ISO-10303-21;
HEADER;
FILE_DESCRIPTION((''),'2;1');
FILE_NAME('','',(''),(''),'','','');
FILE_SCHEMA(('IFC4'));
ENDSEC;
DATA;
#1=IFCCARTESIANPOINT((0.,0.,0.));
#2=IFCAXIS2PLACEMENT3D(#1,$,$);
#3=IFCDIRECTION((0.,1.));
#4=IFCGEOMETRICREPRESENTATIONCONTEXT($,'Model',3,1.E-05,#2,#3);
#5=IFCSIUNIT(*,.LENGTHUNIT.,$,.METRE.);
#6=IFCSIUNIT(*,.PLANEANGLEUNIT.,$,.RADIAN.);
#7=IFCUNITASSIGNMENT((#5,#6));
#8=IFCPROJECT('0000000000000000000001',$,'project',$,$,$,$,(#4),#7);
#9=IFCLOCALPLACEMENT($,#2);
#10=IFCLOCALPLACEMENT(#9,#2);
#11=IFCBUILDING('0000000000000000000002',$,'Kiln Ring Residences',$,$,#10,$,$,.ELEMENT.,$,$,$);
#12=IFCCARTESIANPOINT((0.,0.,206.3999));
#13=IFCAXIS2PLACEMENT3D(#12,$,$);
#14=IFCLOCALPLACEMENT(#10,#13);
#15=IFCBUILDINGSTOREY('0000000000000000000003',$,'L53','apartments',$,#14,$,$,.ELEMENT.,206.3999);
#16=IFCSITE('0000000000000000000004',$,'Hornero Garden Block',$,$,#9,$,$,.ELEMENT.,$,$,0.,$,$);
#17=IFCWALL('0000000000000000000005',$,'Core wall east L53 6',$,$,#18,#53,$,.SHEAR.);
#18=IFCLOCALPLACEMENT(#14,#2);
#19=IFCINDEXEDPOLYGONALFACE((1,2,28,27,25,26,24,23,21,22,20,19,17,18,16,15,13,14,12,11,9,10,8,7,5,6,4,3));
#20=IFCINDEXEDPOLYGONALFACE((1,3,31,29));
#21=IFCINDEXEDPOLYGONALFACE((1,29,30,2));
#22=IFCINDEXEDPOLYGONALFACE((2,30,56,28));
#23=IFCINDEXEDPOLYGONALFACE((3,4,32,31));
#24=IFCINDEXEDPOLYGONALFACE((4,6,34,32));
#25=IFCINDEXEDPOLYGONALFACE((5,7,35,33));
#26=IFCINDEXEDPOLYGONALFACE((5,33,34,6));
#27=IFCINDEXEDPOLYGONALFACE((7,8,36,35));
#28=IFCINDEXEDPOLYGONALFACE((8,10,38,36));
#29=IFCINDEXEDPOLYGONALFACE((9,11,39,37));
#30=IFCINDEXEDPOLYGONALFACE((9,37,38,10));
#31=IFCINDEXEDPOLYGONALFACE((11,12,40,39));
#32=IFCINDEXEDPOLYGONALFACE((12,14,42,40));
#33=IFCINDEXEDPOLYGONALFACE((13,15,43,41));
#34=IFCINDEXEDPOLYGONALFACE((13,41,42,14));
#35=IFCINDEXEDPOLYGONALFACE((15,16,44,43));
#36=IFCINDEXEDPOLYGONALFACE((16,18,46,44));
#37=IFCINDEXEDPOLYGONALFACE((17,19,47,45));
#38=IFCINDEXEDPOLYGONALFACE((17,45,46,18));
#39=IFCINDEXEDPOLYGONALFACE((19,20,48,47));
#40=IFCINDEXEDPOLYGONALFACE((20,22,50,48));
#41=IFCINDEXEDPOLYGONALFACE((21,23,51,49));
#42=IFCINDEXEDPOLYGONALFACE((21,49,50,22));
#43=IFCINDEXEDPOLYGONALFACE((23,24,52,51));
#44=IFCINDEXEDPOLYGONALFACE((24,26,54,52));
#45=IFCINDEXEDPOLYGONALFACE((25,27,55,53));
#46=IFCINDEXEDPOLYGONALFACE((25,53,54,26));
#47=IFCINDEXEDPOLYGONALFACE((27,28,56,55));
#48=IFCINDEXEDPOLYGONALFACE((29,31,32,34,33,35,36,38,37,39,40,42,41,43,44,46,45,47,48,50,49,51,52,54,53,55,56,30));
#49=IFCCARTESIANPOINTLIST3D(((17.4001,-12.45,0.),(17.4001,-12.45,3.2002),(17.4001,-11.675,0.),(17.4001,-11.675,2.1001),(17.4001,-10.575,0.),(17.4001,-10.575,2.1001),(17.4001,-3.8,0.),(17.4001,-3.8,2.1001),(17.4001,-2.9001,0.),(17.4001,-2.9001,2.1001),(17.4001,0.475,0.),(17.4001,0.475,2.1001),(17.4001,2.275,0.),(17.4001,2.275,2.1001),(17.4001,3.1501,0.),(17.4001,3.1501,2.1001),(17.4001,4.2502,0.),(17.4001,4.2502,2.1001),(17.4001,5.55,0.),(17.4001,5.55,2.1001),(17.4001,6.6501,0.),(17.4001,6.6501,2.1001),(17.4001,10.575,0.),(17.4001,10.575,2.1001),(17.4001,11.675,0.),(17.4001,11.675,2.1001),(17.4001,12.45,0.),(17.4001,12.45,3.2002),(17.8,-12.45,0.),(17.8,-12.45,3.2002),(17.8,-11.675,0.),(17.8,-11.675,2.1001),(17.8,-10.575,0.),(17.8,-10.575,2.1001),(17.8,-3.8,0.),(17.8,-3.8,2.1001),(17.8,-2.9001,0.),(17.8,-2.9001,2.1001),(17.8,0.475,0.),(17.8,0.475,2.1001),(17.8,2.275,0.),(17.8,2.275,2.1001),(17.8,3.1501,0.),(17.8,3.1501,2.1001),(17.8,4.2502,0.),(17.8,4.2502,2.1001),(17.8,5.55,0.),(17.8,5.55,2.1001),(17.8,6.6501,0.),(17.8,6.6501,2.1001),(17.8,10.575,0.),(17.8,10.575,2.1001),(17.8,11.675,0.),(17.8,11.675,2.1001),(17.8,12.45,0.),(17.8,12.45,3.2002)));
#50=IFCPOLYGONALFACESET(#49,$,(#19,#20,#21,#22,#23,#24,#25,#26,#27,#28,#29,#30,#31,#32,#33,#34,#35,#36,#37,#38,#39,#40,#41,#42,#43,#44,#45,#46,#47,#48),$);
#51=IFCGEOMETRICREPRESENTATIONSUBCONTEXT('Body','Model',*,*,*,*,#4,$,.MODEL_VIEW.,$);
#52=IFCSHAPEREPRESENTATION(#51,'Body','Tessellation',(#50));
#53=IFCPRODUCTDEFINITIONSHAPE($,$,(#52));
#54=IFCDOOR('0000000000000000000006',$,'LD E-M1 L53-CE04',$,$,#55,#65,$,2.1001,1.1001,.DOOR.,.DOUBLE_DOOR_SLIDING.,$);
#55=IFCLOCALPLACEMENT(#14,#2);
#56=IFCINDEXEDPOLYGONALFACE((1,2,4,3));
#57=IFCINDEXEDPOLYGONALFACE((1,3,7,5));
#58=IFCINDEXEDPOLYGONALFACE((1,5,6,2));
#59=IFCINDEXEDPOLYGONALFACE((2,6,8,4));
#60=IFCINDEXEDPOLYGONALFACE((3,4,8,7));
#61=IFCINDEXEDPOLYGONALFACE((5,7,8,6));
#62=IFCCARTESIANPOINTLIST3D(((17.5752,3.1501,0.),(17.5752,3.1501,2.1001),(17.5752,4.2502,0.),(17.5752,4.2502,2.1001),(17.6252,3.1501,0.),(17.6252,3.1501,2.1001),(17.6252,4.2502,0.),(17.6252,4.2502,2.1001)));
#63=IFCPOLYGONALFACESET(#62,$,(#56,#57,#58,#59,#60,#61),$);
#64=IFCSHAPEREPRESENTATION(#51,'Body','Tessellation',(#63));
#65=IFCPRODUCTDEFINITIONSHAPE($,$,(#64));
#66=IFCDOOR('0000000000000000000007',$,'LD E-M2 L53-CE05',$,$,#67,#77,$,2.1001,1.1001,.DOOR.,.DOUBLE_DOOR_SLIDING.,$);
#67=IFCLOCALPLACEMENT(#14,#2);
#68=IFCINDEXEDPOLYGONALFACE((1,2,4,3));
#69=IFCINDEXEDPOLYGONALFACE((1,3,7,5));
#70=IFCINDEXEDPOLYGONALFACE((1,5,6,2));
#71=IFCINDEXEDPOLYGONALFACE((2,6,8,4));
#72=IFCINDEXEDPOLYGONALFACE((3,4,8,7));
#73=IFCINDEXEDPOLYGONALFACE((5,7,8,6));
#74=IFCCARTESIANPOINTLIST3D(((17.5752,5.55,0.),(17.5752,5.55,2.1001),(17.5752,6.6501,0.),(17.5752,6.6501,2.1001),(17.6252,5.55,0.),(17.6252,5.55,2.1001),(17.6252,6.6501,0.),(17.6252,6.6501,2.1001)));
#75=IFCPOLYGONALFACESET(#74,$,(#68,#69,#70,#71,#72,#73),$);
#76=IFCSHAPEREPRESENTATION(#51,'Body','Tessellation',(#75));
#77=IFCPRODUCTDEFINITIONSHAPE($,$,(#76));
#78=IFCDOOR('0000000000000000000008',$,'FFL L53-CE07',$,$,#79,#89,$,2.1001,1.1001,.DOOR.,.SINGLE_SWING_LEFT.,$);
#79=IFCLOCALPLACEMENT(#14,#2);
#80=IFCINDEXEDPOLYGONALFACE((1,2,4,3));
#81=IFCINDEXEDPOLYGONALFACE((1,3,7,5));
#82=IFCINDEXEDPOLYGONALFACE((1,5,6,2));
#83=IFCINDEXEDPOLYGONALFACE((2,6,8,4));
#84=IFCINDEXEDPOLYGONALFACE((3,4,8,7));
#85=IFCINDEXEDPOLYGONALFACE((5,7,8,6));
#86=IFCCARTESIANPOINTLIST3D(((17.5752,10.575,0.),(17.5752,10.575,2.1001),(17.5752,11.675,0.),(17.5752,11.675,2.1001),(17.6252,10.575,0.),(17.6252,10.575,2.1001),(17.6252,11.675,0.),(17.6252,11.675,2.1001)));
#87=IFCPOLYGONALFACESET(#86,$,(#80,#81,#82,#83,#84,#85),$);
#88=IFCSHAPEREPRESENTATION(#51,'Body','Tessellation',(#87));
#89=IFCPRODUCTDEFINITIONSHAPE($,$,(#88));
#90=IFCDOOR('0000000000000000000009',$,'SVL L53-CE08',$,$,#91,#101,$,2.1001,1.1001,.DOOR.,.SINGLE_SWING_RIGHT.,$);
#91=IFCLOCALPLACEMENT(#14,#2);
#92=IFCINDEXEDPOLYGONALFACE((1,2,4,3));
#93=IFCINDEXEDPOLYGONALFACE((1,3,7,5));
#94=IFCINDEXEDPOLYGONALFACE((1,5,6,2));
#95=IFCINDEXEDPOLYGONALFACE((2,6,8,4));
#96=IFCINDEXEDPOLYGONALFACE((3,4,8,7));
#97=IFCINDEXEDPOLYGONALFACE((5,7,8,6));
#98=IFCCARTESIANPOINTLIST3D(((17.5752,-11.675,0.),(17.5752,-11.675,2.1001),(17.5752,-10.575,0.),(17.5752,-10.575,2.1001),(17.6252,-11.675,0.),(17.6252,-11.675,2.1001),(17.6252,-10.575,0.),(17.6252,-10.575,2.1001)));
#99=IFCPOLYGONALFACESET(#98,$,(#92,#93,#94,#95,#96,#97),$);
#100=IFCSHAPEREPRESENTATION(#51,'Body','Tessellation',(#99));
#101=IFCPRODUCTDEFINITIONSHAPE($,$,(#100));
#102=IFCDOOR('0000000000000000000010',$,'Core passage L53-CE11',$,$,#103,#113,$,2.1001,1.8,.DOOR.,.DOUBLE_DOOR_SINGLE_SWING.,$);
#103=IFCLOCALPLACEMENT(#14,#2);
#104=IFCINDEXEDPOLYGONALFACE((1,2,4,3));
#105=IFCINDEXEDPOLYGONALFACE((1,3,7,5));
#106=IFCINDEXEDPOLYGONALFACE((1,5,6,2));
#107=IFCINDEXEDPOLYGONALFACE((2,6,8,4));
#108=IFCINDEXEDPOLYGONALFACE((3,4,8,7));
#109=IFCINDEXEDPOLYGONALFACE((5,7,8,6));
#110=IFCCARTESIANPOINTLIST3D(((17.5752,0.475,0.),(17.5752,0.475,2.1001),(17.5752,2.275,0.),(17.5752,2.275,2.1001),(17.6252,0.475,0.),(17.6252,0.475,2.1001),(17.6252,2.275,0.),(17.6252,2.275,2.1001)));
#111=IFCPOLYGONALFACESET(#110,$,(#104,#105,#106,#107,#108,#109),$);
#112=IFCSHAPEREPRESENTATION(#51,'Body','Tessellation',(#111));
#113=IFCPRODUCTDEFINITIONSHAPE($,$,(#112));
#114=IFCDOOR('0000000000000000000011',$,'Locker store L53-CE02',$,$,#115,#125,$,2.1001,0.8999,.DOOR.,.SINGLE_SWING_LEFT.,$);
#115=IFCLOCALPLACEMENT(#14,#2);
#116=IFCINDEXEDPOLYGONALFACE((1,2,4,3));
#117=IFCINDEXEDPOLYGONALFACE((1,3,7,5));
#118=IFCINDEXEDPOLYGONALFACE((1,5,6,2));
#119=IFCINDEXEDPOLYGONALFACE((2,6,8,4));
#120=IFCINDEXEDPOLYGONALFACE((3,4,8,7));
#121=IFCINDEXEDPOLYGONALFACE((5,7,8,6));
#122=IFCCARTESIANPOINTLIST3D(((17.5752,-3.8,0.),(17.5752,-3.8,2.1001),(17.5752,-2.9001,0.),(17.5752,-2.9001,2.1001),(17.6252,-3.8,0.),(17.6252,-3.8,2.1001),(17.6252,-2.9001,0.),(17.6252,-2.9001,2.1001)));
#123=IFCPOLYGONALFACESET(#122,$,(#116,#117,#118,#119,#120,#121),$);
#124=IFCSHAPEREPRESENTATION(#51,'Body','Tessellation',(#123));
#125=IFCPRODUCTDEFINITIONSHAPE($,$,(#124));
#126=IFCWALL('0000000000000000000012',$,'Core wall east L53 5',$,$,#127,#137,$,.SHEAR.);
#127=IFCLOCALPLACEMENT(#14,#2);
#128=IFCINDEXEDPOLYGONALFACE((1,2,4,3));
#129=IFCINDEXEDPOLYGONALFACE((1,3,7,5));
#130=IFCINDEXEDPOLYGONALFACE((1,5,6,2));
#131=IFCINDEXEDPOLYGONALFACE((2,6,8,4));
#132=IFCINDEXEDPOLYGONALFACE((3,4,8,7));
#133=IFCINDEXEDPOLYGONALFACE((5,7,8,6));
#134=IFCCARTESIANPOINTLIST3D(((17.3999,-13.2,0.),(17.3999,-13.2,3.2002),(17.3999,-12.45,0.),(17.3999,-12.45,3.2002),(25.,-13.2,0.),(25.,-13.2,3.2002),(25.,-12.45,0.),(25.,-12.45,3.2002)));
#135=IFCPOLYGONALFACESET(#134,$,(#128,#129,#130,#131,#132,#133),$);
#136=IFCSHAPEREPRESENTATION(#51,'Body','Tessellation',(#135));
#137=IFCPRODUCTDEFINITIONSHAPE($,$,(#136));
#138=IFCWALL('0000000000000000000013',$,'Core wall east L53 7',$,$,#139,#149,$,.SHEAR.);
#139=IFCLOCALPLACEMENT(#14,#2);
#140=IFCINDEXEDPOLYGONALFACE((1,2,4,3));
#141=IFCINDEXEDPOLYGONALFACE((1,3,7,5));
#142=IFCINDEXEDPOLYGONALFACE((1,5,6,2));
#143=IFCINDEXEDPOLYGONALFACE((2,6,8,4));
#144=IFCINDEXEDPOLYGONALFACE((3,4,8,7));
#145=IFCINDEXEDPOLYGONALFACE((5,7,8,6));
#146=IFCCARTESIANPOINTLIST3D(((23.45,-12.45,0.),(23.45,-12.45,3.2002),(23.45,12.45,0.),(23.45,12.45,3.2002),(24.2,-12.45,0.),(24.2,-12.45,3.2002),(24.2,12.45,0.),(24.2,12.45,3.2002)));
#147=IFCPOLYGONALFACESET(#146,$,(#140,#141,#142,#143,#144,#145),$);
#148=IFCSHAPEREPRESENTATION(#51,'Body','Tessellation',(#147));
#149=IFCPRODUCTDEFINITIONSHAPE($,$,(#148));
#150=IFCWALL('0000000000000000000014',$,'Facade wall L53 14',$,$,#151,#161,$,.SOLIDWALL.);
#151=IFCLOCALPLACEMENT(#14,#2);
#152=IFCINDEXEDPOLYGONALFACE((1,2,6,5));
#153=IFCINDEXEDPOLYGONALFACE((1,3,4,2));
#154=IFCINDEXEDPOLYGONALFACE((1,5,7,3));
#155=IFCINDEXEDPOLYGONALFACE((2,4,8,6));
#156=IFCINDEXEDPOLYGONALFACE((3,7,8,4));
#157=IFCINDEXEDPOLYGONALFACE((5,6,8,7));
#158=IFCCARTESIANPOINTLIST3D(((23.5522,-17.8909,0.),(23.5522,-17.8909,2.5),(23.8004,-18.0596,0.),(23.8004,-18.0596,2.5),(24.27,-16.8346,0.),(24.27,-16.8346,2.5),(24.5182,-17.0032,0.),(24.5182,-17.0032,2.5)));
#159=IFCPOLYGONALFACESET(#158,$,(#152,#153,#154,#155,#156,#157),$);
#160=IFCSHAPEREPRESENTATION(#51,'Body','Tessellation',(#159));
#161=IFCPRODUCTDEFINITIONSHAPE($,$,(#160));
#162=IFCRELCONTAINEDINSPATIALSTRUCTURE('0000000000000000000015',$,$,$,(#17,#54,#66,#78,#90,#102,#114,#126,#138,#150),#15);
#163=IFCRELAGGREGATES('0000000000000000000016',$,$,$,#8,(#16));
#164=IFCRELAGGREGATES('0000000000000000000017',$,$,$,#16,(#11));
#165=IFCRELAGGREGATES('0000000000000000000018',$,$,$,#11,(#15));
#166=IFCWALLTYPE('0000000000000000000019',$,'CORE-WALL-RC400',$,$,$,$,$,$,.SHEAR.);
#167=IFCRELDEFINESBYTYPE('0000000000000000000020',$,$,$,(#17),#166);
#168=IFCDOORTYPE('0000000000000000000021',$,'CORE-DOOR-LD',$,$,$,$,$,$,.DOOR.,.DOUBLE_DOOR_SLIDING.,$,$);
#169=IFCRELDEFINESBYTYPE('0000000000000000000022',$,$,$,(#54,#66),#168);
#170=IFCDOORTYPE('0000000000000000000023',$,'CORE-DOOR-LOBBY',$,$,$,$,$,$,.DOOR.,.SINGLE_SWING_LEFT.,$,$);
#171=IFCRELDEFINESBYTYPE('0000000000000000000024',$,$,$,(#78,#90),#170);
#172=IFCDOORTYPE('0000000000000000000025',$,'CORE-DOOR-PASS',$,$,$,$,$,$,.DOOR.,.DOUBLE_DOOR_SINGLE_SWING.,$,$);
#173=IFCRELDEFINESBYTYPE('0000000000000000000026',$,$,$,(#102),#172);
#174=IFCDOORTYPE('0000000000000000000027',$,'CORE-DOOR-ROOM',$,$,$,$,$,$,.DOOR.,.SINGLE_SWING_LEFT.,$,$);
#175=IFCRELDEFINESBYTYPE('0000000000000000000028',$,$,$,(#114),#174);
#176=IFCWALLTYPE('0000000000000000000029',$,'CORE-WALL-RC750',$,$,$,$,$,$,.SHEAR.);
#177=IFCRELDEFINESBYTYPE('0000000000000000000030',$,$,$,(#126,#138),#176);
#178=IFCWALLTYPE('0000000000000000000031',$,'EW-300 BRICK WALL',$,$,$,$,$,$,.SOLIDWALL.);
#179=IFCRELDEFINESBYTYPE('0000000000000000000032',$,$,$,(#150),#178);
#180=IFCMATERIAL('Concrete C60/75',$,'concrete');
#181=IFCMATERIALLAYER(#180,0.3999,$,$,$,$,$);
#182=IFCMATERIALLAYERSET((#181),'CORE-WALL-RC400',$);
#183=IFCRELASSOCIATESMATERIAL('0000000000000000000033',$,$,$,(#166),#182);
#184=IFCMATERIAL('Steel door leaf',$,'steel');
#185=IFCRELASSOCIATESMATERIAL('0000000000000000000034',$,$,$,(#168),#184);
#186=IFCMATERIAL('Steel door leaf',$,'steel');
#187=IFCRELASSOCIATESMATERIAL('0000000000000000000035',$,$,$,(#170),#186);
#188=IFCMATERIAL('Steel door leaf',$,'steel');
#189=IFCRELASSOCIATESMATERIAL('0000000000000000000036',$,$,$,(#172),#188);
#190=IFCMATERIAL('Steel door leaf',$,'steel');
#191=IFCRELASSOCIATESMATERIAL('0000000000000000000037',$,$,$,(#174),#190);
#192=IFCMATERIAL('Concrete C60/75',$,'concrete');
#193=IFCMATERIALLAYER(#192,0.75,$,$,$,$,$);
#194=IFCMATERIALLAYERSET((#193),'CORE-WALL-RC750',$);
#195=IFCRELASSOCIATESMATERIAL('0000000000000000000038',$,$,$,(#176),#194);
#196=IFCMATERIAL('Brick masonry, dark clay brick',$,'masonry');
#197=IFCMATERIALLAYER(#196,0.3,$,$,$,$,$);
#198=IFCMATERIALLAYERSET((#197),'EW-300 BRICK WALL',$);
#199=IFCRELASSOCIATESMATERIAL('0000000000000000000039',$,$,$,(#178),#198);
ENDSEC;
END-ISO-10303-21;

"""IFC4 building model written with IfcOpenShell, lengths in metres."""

from ifc_helpers import new_model, si_unit, direction, frame, frame_2d, origin, place, context, subcontext, project, spatial, rectangle, extrude, material, layer, layer_set, type_object, element, fill, save


model = new_model("IFC4")

# Units and contexts
model_context = context("Model", 3, precision=1e-05, world=origin(), true_north=direction((0.0, 1.0)))
body_context = subcontext(model_context, "Body", "Model", "MODEL_VIEW")
ifc_project = project(units=[si_unit("LENGTHUNIT", "METRE"), si_unit("PLANEANGLEUNIT", "RADIAN")], contexts=[model_context])

# Site, building, storey
site_placement = place(None, origin())
site = spatial("IfcSite", under=ifc_project, at=site_placement, Name="Hornero Garden Block", CompositionType="ELEMENT", RefElevation=0.0)
building_placement = place(site_placement, origin())
building = spatial("IfcBuilding", under=site, at=building_placement, Name="Kiln Ring Residences", CompositionType="ELEMENT")
storey_placement = place(building_placement, frame((0.0, 0.0, 206.3999)))
storey = spatial("IfcBuildingStorey", under=building, at=storey_placement, Name="L53", Description="apartments", CompositionType="ELEMENT", Elevation=206.3999)

# Wall, openings, doors
ifc_material_1 = material(Name="Concrete C60/75", Category="concrete")
ifc_layer_1 = layer(ifc_material_1, 0.3999)
ifc_layer_set_1 = layer_set([ifc_layer_1], Name="CORE-WALL-RC400")
wall_type_1 = type_object("IfcWallType", Name="CORE-WALL-RC400", PredefinedType="SHEAR", material=ifc_layer_set_1)
wall_1_placement = place(storey_placement, frame((17.6001, -12.45, 0.0), z_axis=(0.0, 0.0, 1.0), x_axis=(0.0, 1.0, 0.0)))
wall_1 = element("IfcWall", 1, at=wall_1_placement, inside=storey, type_object=wall_type_1, Name="Core wall east L53 6", PredefinedType="SHEAR", context=body_context, shape_type="SweptSolid", body=[
    extrude(rectangle(XDim=24.8999, YDim=0.3999, at=frame_2d((12.45, 0.0))), origin(), (0.0, 0.0, 1.0), 3.2002),
])
opening_1_placement = place(wall_1_placement, frame((8.6499, 0.0, 0.0)))
opening_1 = element("IfcOpeningElement", 2, at=opening_1_placement, cuts=wall_1, PredefinedType="OPENING", context=body_context, shape_type="SweptSolid", body=[
    extrude(rectangle(XDim=0.8999, YDim=2.1001, at=frame_2d((0.45, 1.05))), frame((0.0, 0.21, 0.0), z_axis=(0.0, -1.0, 0.0), x_axis=(1.0, 0.0, 0.0)), (0.0, 0.0, 1.0), 0.4199),
])
opening_2_placement = place(wall_1_placement, frame((15.6001, 0.0, 0.0)))
opening_2 = element("IfcOpeningElement", 3, at=opening_2_placement, cuts=wall_1, PredefinedType="OPENING", context=body_context, shape_type="SweptSolid", body=[
    extrude(rectangle(XDim=1.1001, YDim=2.1001, at=frame_2d((0.55, 1.05))), frame((0.0, 0.21, 0.0), z_axis=(0.0, -1.0, 0.0), x_axis=(1.0, 0.0, 0.0)), (0.0, 0.0, 1.0), 0.4199),
])
opening_3_placement = place(wall_1_placement, frame((18.0, 0.0, 0.0)))
opening_3 = element("IfcOpeningElement", 4, at=opening_3_placement, cuts=wall_1, PredefinedType="OPENING", context=body_context, shape_type="SweptSolid", body=[
    extrude(rectangle(XDim=1.1001, YDim=2.1001, at=frame_2d((0.55, 1.05))), frame((0.0, 0.21, 0.0), z_axis=(0.0, -1.0, 0.0), x_axis=(1.0, 0.0, 0.0)), (0.0, 0.0, 1.0), 0.4199),
])
opening_4_placement = place(wall_1_placement, frame((23.0249, 0.0, 0.0)))
opening_4 = element("IfcOpeningElement", 5, at=opening_4_placement, cuts=wall_1, PredefinedType="OPENING", context=body_context, shape_type="SweptSolid", body=[
    extrude(rectangle(XDim=1.1001, YDim=2.1001, at=frame_2d((0.55, 1.05))), frame((0.0, 0.21, 0.0), z_axis=(0.0, -1.0, 0.0), x_axis=(1.0, 0.0, 0.0)), (0.0, 0.0, 1.0), 0.4199),
])
opening_5_placement = place(wall_1_placement, frame((0.7749, 0.0, 0.0)))
opening_5 = element("IfcOpeningElement", 6, at=opening_5_placement, cuts=wall_1, PredefinedType="OPENING", context=body_context, shape_type="SweptSolid", body=[
    extrude(rectangle(XDim=1.1001, YDim=2.1001, at=frame_2d((0.55, 1.05))), frame((0.0, 0.21, 0.0), z_axis=(0.0, -1.0, 0.0), x_axis=(1.0, 0.0, 0.0)), (0.0, 0.0, 1.0), 0.4199),
])
opening_6_placement = place(wall_1_placement, frame((12.925, 0.0, 0.0)))
opening_6 = element("IfcOpeningElement", 7, at=opening_6_placement, cuts=wall_1, PredefinedType="OPENING", context=body_context, shape_type="SweptSolid", body=[
    extrude(rectangle(XDim=1.8, YDim=2.1001, at=frame_2d((0.8999, 1.05))), frame((0.0, 0.21, 0.0), z_axis=(0.0, -1.0, 0.0), x_axis=(1.0, 0.0, 0.0)), (0.0, 0.0, 1.0), 0.4199),
])
ifc_material_2 = material(Name="Steel door leaf", Category="steel")
door_type_1 = type_object("IfcDoorType", Name="CORE-DOOR-LD", OperationType="DOUBLE_DOOR_SLIDING", PredefinedType="DOOR", material=ifc_material_2)
door_1_placement = place(opening_2_placement, origin())
door_1 = element("IfcDoor", 8, at=door_1_placement, inside=storey, type_object=door_type_1, Name="LD E-M1 L53-CE04", OperationType="DOUBLE_DOOR_SLIDING", OverallHeight=2.1001, OverallWidth=1.1001, PredefinedType="DOOR", context=body_context, shape_type="SweptSolid", body=[
    extrude(rectangle(XDim=1.1001, YDim=2.1001, at=frame_2d((0.55, 1.05))), frame((0.0, 0.0249, 0.0), z_axis=(0.0, -1.0, 0.0), x_axis=(1.0, 0.0, 0.0)), (0.0, 0.0, 1.0), 0.05),
])
fill(opening_2, door_1)
door_2_placement = place(opening_3_placement, origin())
door_2 = element("IfcDoor", 9, at=door_2_placement, inside=storey, type_object=door_type_1, Name="LD E-M2 L53-CE05", OperationType="DOUBLE_DOOR_SLIDING", OverallHeight=2.1001, OverallWidth=1.1001, PredefinedType="DOOR", context=body_context, shape_type="SweptSolid", body=[
    extrude(rectangle(XDim=1.1001, YDim=2.1001, at=frame_2d((0.55, 1.05))), frame((0.0, 0.0249, 0.0), z_axis=(0.0, -1.0, 0.0), x_axis=(1.0, 0.0, 0.0)), (0.0, 0.0, 1.0), 0.05),
])
fill(opening_3, door_2)
ifc_material_3 = material(Name="Steel door leaf", Category="steel")
door_type_2 = type_object("IfcDoorType", Name="CORE-DOOR-LOBBY", OperationType="SINGLE_SWING_LEFT", PredefinedType="DOOR", material=ifc_material_3)
door_3_placement = place(opening_4_placement, origin())
door_3 = element("IfcDoor", 10, at=door_3_placement, inside=storey, type_object=door_type_2, Name="FFL L53-CE07", OperationType="SINGLE_SWING_LEFT", OverallHeight=2.1001, OverallWidth=1.1001, PredefinedType="DOOR", context=body_context, shape_type="SweptSolid", body=[
    extrude(rectangle(XDim=1.1001, YDim=2.1001, at=frame_2d((0.55, 1.05))), frame((0.0, 0.0249, 0.0), z_axis=(0.0, -1.0, 0.0), x_axis=(1.0, 0.0, 0.0)), (0.0, 0.0, 1.0), 0.05),
])
fill(opening_4, door_3)
door_4_placement = place(opening_5_placement, origin())
door_4 = element("IfcDoor", 11, at=door_4_placement, inside=storey, type_object=door_type_2, Name="SVL L53-CE08", OperationType="SINGLE_SWING_RIGHT", OverallHeight=2.1001, OverallWidth=1.1001, PredefinedType="DOOR", context=body_context, shape_type="SweptSolid", body=[
    extrude(rectangle(XDim=1.1001, YDim=2.1001, at=frame_2d((0.55, 1.05))), frame((0.0, 0.0249, 0.0), z_axis=(0.0, -1.0, 0.0), x_axis=(1.0, 0.0, 0.0)), (0.0, 0.0, 1.0), 0.05),
])
fill(opening_5, door_4)
ifc_material_4 = material(Name="Steel door leaf", Category="steel")
door_type_3 = type_object("IfcDoorType", Name="CORE-DOOR-PASS", OperationType="DOUBLE_DOOR_SINGLE_SWING", PredefinedType="DOOR", material=ifc_material_4)
door_5_placement = place(opening_6_placement, origin())
door_5 = element("IfcDoor", 12, at=door_5_placement, inside=storey, type_object=door_type_3, Name="Core passage L53-CE11", OperationType="DOUBLE_DOOR_SINGLE_SWING", OverallHeight=2.1001, OverallWidth=1.8, PredefinedType="DOOR", context=body_context, shape_type="SweptSolid", body=[
    extrude(rectangle(XDim=1.8, YDim=2.1001, at=frame_2d((0.8999, 1.05))), frame((0.0, 0.0249, 0.0), z_axis=(0.0, -1.0, 0.0), x_axis=(1.0, 0.0, 0.0)), (0.0, 0.0, 1.0), 0.05),
])
fill(opening_6, door_5)
ifc_material_5 = material(Name="Steel door leaf", Category="steel")
door_type_4 = type_object("IfcDoorType", Name="CORE-DOOR-ROOM", OperationType="SINGLE_SWING_LEFT", PredefinedType="DOOR", material=ifc_material_5)
door_6_placement = place(opening_1_placement, origin())
door_6 = element("IfcDoor", 13, at=door_6_placement, inside=storey, type_object=door_type_4, Name="Locker store L53-CE02", OperationType="SINGLE_SWING_LEFT", OverallHeight=2.1001, OverallWidth=0.8999, PredefinedType="DOOR", context=body_context, shape_type="SweptSolid", body=[
    extrude(rectangle(XDim=0.8999, YDim=2.1001, at=frame_2d((0.45, 1.05))), frame((0.0, 0.0249, 0.0), z_axis=(0.0, -1.0, 0.0), x_axis=(1.0, 0.0, 0.0)), (0.0, 0.0, 1.0), 0.05),
])
fill(opening_1, door_6)

# Walls
ifc_material_6 = material(Name="Concrete C60/75", Category="concrete")
ifc_layer_2 = layer(ifc_material_6, 0.75)
ifc_layer_set_2 = layer_set([ifc_layer_2], Name="CORE-WALL-RC750")
wall_type_2 = type_object("IfcWallType", Name="CORE-WALL-RC750", PredefinedType="SHEAR", material=ifc_layer_set_2)
wall_2_placement = place(storey_placement, frame((17.3999, -12.825, 0.0), z_axis=(0.0, 0.0, 1.0), x_axis=(1.0, 0.0, 0.0)))
element("IfcWall", 14, at=wall_2_placement, inside=storey, type_object=wall_type_2, Name="Core wall east L53 5", PredefinedType="SHEAR", context=body_context, shape_type="SweptSolid", body=[
    extrude(rectangle(XDim=7.6001, YDim=0.75, at=frame_2d((3.8, 0.0))), origin(), (0.0, 0.0, 1.0), 3.2002),
])
wall_3_placement = place(storey_placement, frame((23.825, -12.45, 0.0), z_axis=(0.0, 0.0, 1.0), x_axis=(0.0, 1.0, 0.0)))
element("IfcWall", 15, at=wall_3_placement, inside=storey, type_object=wall_type_2, Name="Core wall east L53 7", PredefinedType="SHEAR", context=body_context, shape_type="SweptSolid", body=[
    extrude(rectangle(XDim=24.8999, YDim=0.75, at=frame_2d((12.45, 0.0))), origin(), (0.0, 0.0, 1.0), 3.2002),
])
ifc_material_7 = material(Name="Brick masonry, dark clay brick", Category="masonry")
ifc_layer_3 = layer(ifc_material_7, 0.3)
ifc_layer_set_3 = layer_set([ifc_layer_3], Name="EW-300 BRICK WALL")
wall_type_3 = type_object("IfcWallType", Name="EW-300 BRICK WALL", PredefinedType="SOLIDWALL", material=ifc_layer_set_3)
wall_4_placement = place(storey_placement, frame((23.6763, -17.9753, 0.0), z_axis=(0.0, 0.0, 1.0), x_axis=(0.562001, 0.827136, 0.0)))
element("IfcWall", 16, at=wall_4_placement, inside=storey, type_object=wall_type_3, Name="Facade wall L53 14", PredefinedType="SOLIDWALL", context=body_context, shape_type="SweptSolid", body=[
    extrude(rectangle(XDim=1.2771, YDim=0.3, at=frame_2d((0.6387, 0.0))), origin(), (0.0, 0.0, 1.0), 2.5),
])

save(model, "model.ifc")
